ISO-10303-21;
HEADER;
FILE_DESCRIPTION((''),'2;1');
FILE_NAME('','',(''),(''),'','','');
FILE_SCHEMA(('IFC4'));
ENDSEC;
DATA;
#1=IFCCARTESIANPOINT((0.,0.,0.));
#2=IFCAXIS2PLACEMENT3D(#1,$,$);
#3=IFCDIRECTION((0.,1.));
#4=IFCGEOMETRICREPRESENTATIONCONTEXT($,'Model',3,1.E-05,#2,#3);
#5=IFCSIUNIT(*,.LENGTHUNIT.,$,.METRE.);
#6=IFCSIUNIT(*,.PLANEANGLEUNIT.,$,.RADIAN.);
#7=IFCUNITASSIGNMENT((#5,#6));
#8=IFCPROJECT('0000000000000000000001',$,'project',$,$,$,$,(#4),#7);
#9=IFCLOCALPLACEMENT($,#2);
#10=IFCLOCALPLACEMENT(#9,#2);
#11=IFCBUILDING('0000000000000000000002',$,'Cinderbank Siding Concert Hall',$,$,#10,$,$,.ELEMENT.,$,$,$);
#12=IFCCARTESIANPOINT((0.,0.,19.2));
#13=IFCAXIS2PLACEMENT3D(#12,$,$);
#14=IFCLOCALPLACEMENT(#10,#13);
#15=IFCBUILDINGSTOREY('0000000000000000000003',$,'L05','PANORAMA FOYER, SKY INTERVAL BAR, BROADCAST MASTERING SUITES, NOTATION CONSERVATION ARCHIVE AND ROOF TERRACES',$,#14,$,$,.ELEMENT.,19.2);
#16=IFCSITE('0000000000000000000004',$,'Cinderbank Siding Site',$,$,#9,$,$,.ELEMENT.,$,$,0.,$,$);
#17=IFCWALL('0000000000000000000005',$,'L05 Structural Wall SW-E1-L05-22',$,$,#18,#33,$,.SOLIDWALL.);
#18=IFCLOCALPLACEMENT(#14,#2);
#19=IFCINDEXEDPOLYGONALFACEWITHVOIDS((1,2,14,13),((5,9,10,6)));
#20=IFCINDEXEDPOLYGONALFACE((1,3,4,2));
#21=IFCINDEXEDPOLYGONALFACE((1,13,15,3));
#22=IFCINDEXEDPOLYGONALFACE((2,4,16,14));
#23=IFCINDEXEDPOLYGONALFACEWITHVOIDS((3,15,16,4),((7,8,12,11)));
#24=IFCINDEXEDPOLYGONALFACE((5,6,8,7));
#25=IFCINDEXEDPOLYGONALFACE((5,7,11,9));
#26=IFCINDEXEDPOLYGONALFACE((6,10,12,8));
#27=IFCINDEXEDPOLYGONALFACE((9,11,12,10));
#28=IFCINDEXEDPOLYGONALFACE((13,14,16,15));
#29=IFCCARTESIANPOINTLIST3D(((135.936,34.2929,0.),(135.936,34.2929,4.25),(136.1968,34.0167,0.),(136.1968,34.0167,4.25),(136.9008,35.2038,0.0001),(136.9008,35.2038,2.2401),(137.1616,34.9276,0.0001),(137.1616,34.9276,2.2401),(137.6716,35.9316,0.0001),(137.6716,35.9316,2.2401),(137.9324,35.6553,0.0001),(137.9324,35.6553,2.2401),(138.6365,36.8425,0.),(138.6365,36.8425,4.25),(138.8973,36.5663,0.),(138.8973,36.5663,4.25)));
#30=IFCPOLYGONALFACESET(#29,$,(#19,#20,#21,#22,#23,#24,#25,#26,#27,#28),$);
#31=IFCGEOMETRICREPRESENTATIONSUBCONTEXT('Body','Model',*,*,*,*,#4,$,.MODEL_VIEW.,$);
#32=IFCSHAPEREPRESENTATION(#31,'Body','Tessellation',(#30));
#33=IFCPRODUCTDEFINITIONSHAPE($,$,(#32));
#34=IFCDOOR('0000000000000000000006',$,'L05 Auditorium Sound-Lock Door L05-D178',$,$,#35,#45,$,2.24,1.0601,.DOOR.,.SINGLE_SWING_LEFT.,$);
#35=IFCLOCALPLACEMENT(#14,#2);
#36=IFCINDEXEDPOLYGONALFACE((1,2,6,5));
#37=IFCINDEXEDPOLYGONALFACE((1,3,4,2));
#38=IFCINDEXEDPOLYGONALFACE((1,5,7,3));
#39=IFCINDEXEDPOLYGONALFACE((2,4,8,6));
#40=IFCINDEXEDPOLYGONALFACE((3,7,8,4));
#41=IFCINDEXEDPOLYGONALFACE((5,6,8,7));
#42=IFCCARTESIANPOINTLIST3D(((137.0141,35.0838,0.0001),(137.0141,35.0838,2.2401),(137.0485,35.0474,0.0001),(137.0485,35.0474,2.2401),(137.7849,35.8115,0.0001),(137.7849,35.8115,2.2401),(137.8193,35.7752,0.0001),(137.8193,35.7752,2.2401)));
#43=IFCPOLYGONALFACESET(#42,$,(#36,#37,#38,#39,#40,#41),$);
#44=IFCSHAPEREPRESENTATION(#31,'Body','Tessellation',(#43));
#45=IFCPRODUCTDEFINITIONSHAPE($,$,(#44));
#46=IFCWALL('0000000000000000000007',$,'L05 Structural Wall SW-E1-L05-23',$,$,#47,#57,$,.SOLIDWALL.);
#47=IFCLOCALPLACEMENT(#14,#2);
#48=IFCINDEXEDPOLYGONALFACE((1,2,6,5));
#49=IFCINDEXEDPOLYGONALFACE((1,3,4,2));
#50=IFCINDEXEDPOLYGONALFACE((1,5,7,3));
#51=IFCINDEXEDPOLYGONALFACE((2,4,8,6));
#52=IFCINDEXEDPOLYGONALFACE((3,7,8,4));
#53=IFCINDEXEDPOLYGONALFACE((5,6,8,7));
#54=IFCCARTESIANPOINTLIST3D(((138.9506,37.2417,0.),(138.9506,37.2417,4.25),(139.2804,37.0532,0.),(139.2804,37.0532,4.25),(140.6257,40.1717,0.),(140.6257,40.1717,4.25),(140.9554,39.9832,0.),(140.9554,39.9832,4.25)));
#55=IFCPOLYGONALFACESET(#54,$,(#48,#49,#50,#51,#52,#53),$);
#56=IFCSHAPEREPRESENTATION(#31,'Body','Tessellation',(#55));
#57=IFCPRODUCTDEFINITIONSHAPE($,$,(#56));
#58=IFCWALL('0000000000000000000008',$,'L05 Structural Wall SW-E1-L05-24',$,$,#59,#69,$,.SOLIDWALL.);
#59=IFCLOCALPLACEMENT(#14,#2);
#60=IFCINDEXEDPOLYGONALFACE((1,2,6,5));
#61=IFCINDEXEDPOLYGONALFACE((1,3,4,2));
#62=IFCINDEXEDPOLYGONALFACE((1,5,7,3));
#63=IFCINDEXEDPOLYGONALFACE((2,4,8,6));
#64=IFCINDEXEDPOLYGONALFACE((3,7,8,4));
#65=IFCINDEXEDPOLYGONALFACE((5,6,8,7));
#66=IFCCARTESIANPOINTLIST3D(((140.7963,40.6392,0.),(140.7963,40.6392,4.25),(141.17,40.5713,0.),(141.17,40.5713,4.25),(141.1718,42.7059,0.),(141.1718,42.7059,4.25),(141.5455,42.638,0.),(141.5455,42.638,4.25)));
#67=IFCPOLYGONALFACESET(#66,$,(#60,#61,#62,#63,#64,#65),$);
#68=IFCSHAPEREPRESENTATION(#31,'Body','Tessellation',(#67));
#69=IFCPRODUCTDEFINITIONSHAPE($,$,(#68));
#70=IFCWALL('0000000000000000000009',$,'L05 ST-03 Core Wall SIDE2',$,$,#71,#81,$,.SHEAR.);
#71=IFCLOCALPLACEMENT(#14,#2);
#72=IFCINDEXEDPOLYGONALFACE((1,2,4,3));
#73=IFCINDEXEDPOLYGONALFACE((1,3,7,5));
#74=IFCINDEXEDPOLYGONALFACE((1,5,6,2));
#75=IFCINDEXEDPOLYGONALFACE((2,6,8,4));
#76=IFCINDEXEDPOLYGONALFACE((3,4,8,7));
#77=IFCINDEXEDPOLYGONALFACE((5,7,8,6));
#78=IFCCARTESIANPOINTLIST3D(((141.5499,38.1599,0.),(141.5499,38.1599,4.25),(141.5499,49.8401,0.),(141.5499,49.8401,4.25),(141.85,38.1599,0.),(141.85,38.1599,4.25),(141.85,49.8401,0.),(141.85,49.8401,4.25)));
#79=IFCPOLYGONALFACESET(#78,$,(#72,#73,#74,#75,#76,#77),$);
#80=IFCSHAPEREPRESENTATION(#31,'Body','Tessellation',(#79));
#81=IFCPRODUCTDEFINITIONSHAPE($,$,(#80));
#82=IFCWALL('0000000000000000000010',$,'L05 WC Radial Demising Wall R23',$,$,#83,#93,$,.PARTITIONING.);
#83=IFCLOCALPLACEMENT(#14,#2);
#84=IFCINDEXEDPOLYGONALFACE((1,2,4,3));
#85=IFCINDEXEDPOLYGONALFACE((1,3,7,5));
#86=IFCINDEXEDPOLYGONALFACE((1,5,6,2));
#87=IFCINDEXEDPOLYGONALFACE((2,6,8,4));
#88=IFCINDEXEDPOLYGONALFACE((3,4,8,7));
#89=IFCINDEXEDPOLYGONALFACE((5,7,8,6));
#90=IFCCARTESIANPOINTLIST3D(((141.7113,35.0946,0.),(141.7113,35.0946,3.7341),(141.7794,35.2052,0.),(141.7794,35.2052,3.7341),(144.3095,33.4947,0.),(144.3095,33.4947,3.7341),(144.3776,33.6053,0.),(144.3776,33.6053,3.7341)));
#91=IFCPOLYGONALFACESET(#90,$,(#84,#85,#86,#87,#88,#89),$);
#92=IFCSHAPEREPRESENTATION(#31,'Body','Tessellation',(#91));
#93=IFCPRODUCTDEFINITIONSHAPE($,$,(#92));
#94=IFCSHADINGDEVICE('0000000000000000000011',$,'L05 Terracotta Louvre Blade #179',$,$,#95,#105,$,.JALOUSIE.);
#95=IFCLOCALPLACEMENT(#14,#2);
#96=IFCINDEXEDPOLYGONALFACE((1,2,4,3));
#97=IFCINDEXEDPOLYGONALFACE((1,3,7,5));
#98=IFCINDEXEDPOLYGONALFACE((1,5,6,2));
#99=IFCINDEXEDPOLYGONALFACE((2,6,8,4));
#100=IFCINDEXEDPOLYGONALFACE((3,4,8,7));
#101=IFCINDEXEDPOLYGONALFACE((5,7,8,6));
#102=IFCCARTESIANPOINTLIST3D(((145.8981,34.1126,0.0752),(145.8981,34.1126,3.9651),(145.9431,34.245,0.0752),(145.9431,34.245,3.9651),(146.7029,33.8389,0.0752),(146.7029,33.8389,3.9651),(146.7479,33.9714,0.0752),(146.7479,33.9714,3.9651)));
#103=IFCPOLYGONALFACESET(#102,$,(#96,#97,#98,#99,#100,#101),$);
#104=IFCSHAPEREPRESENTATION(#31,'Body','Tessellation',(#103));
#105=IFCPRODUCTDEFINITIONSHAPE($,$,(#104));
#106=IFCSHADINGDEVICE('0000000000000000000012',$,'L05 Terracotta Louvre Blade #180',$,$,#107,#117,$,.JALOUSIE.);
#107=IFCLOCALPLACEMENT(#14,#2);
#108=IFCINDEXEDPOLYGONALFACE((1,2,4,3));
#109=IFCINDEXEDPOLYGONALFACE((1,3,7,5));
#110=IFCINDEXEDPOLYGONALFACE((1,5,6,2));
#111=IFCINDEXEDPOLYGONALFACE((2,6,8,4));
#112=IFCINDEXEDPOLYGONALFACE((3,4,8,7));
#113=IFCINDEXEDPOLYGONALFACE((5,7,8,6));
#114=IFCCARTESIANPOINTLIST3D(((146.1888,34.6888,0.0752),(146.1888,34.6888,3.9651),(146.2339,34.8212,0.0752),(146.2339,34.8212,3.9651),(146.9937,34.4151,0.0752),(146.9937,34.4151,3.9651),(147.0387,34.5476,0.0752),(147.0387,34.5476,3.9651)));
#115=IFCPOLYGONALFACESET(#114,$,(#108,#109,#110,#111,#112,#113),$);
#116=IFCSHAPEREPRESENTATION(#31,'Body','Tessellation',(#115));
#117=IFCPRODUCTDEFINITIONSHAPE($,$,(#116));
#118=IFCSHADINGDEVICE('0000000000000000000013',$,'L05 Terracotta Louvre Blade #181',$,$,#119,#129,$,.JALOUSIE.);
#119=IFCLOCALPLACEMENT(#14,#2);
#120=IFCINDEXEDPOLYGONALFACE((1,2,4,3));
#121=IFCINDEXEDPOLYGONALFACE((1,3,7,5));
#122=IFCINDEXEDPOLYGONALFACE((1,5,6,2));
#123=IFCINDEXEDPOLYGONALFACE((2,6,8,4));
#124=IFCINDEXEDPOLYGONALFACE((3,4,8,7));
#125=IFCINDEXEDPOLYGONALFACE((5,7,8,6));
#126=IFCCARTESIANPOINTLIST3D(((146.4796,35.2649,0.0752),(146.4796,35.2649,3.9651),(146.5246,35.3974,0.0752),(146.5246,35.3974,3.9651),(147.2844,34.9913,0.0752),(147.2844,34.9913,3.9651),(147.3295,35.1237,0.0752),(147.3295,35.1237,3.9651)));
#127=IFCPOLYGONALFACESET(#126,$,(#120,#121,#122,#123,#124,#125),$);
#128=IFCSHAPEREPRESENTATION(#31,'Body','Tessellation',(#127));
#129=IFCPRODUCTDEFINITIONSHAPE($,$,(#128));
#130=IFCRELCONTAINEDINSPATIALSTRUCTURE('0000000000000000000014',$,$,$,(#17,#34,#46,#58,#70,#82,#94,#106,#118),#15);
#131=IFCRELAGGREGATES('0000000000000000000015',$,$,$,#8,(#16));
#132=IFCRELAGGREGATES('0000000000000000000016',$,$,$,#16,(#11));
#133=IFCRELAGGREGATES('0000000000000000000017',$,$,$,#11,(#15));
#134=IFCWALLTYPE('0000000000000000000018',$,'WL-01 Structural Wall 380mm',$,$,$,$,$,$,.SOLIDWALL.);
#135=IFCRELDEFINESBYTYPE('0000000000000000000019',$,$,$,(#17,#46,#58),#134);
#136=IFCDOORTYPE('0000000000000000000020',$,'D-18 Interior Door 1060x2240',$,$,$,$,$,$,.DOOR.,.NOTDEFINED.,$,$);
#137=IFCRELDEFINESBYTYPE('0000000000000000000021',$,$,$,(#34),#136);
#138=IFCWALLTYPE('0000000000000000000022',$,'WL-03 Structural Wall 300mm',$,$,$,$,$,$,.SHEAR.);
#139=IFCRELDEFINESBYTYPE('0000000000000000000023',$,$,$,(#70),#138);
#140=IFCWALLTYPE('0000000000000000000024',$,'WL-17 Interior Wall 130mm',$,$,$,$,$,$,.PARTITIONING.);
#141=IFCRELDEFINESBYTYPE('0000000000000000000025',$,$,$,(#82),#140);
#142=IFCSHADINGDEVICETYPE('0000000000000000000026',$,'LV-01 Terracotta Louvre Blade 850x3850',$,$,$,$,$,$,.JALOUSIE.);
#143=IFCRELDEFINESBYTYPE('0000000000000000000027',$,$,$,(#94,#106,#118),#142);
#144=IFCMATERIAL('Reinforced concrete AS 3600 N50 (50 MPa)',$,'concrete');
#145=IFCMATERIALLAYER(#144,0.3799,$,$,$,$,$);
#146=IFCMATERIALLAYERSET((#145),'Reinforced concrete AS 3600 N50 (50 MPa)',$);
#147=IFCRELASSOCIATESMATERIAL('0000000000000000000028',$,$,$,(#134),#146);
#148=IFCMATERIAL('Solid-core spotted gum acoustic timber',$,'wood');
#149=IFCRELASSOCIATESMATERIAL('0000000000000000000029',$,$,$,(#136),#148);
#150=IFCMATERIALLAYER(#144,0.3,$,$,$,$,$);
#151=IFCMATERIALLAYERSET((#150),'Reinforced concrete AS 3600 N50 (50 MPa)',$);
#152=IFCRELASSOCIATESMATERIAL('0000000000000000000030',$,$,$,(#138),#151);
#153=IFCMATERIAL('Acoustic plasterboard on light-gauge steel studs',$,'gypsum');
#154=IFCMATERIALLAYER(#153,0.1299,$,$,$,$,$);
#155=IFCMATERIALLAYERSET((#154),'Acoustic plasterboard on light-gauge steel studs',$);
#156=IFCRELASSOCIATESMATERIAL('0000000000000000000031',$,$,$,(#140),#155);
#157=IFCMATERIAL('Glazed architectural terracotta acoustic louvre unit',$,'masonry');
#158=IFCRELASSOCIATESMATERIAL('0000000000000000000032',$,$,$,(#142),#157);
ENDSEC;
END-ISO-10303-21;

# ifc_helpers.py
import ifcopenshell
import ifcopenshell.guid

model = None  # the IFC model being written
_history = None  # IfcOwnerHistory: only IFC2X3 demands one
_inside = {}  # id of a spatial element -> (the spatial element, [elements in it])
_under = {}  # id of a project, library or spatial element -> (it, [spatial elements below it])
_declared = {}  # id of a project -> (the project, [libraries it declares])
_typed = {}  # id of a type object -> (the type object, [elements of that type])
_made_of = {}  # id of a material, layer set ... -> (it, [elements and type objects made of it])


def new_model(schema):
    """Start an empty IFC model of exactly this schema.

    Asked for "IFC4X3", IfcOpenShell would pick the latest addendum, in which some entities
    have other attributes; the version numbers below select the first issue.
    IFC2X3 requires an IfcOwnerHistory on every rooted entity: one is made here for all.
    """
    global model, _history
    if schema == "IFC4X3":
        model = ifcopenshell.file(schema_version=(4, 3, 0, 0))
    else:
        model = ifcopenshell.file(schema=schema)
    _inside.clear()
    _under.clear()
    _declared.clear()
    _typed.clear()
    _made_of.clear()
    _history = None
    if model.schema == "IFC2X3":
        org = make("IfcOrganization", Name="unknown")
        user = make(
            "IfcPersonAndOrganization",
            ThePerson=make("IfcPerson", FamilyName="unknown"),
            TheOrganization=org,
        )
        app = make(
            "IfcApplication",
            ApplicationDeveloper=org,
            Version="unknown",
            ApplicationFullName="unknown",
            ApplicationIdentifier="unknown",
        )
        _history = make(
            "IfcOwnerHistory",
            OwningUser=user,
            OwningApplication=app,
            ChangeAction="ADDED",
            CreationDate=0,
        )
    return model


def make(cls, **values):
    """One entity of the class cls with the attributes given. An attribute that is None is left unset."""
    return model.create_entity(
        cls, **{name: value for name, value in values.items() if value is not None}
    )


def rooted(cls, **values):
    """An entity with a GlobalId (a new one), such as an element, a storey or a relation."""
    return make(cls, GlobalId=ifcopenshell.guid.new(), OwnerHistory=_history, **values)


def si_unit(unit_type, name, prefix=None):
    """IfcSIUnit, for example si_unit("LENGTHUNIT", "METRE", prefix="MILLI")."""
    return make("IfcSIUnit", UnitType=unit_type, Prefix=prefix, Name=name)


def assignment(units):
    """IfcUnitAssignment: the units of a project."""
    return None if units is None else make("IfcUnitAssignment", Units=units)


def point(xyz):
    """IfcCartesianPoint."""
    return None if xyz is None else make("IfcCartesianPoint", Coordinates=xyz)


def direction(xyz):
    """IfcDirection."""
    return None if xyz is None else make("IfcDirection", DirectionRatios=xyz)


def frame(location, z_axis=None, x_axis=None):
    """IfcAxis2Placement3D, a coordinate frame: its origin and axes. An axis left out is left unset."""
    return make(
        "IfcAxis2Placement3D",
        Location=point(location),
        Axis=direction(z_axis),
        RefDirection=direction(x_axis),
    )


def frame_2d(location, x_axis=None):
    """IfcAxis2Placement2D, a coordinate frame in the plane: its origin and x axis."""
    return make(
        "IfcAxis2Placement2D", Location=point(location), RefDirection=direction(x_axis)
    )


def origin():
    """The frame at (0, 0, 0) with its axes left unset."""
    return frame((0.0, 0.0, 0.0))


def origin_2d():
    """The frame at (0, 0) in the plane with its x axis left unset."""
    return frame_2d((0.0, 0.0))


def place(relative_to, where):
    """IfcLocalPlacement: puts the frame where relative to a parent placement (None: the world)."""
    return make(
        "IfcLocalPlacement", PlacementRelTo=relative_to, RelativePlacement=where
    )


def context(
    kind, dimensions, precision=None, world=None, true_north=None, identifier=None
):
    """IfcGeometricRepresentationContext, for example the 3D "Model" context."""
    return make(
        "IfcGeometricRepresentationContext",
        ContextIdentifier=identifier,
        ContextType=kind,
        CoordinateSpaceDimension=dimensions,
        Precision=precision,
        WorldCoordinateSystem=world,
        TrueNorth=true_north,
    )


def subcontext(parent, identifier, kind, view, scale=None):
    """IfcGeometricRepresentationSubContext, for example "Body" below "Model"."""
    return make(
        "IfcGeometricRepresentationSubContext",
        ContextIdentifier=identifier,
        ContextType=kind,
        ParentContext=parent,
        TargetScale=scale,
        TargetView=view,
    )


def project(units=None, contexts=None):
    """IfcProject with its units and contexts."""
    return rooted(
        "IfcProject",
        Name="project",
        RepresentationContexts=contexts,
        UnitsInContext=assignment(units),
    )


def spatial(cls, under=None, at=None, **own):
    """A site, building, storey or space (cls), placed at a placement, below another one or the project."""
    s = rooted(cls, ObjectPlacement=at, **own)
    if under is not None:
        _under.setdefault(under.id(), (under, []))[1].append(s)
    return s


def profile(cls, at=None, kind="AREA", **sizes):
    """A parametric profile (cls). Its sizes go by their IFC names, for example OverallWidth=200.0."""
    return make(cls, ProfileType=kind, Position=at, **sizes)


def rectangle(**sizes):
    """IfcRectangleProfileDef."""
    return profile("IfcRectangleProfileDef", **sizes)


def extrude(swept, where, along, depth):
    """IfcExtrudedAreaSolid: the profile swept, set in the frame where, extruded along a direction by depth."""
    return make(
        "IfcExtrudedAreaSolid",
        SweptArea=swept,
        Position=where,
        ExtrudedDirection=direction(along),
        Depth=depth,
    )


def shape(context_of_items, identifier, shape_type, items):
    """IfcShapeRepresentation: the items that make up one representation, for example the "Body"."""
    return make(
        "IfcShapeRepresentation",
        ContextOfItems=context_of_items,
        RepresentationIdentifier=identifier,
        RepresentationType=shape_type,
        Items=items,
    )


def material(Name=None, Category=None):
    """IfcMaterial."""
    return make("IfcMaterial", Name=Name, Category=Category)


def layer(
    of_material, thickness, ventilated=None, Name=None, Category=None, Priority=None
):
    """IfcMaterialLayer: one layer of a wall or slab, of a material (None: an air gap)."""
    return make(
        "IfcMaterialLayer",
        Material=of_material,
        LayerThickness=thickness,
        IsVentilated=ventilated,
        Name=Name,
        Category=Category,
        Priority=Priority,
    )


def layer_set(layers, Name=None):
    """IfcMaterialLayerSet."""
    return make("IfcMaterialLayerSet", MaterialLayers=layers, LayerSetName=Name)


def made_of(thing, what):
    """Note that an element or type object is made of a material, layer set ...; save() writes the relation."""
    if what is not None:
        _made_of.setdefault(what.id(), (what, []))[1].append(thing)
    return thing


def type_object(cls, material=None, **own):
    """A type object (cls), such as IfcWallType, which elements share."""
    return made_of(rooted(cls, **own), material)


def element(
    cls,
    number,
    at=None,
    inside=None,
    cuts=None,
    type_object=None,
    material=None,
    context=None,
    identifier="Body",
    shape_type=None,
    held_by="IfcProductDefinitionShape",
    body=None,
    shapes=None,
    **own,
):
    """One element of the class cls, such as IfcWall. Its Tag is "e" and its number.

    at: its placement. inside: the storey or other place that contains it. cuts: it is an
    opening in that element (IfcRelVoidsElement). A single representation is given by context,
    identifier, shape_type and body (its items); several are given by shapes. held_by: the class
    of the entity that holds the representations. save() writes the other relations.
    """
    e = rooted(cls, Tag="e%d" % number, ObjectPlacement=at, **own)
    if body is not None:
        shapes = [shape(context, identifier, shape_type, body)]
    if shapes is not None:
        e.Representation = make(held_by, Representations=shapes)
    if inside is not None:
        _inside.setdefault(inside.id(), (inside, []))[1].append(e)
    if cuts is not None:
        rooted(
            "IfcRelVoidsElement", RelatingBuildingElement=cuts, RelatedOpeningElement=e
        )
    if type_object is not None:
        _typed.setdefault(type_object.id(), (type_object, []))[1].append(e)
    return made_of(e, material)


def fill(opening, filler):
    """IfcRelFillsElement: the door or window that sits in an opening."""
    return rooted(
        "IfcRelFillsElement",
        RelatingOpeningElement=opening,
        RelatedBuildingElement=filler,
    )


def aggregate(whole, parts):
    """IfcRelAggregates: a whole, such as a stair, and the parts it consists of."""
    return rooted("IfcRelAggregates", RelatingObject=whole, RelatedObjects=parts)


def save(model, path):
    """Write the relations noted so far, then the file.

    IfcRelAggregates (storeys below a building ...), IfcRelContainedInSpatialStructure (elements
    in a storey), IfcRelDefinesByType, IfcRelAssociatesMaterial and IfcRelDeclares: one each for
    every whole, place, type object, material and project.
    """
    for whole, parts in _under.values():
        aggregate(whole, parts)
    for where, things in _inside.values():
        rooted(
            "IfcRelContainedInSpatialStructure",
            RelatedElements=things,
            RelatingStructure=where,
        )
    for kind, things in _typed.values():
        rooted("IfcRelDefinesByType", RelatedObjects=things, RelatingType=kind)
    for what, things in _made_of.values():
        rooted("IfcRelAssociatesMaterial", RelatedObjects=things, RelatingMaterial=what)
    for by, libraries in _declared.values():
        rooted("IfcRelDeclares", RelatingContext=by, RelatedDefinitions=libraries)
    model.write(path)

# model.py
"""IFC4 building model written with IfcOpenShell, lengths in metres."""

from ifc_helpers import new_model, si_unit, direction, frame, frame_2d, origin, origin_2d, place, context, subcontext, project, spatial, rectangle, extrude, material, layer, layer_set, type_object, element, fill, save


model = new_model("IFC4")

# Units and contexts
model_context = context("Model", 3, precision=1e-05, world=origin(), true_north=direction((0.0, 1.0)))
body_context = subcontext(model_context, "Body", "Model", "MODEL_VIEW")
ifc_project = project(units=[si_unit("LENGTHUNIT", "METRE"), si_unit("PLANEANGLEUNIT", "RADIAN")], contexts=[model_context])

# Site, building, storey
site_placement = place(None, origin())
site = spatial("IfcSite", under=ifc_project, at=site_placement, Name="Cinderbank Siding Site", CompositionType="ELEMENT", RefElevation=0.0)
building_placement = place(site_placement, origin())
building = spatial("IfcBuilding", under=site, at=building_placement, Name="Cinderbank Siding Concert Hall", CompositionType="ELEMENT")
storey_placement = place(building_placement, frame((0.0, 0.0, 19.2)))
storey = spatial("IfcBuildingStorey", under=building, at=storey_placement, Name="L05", Description="PANORAMA FOYER, SKY INTERVAL BAR, BROADCAST MASTERING SUITES, NOTATION CONSERVATION ARCHIVE AND ROOF TERRACES", CompositionType="ELEMENT", Elevation=19.2)

# Shared definitions
ifc_material_1 = material(Name="Reinforced concrete AS 3600 N50 (50 MPa)", Category="concrete")

# Wall, opening, door
ifc_layer_1 = layer(ifc_material_1, 0.3799)
ifc_layer_set_1 = layer_set([ifc_layer_1], Name="Reinforced concrete AS 3600 N50 (50 MPa)")
wall_type_1 = type_object("IfcWallType", Name="WL-01 Structural Wall 380mm", PredefinedType="SOLIDWALL", material=ifc_layer_set_1)
wall_1_placement = place(storey_placement, frame((136.0664, 34.1548, 0.0), z_axis=(0.0, 0.0, 1.0), x_axis=(0.727128, 0.686502, 0.0)))
wall_1 = element("IfcWall", 1, at=wall_1_placement, inside=storey, type_object=wall_type_1, Name="L05 Structural Wall SW-E1-L05-22", PredefinedType="SOLIDWALL", context=body_context, shape_type="SweptSolid", body=[
    extrude(rectangle(XDim=3.7139, YDim=0.3799, at=frame_2d((1.8569, 0.0))), origin(), (0.0, 0.0, 1.0), 4.25),
])
opening_placement = place(wall_1_placement, frame((1.3269, 0.0, 0.0)))
opening = element("IfcOpeningElement", 2, at=opening_placement, cuts=wall_1, PredefinedType="OPENING", context=body_context, shape_type="SweptSolid", body=[
    extrude(rectangle(XDim=1.0601, YDim=2.24, at=frame_2d((0.53, 1.1201))), frame((0.0, 0.2019, 0.0), z_axis=(0.0, -1.0, 0.0), x_axis=(1.0, 0.0, 0.0)), (0.0, 0.0, 1.0), 0.4038),
])
ifc_material_2 = material(Name="Solid-core spotted gum acoustic timber", Category="wood")
door_type = type_object("IfcDoorType", Name="D-18 Interior Door 1060x2240", OperationType="NOTDEFINED", PredefinedType="DOOR", material=ifc_material_2)
door_placement = place(opening_placement, origin())
door = element("IfcDoor", 3, at=door_placement, inside=storey, type_object=door_type, Name="L05 Auditorium Sound-Lock Door L05-D178", OperationType="SINGLE_SWING_LEFT", OverallHeight=2.24, OverallWidth=1.0601, PredefinedType="DOOR", context=body_context, shape_type="SweptSolid", body=[
    extrude(rectangle(XDim=1.0601, YDim=2.24, at=frame_2d((0.53, 1.1201))), frame((0.0, 0.0249, 0.0), z_axis=(0.0, -1.0, 0.0), x_axis=(1.0, 0.0, 0.0)), (0.0, 0.0, 1.0), 0.05),
])
fill(opening, door)

# Walls
wall_2_placement = place(storey_placement, frame((139.1155, 37.1475, 0.0), z_axis=(0.0, 0.0, 1.0), x_axis=(0.496318, 0.868141, 0.0)))
element("IfcWall", 4, at=wall_2_placement, inside=storey, type_object=wall_type_1, Name="L05 Structural Wall SW-E1-L05-23", PredefinedType="SOLIDWALL", context=body_context, shape_type="SweptSolid", body=[
    extrude(rectangle(XDim=3.375, YDim=0.3799, at=frame_2d((1.6875, 0.0))), origin(), (0.0, 0.0, 1.0), 4.25),
])
wall_3_placement = place(storey_placement, frame((140.9832, 40.6052, 0.0), z_axis=(0.0, 0.0, 1.0), x_axis=(0.178763, 0.983892, 0.0)))
element("IfcWall", 5, at=wall_3_placement, inside=storey, type_object=wall_type_1, Name="L05 Structural Wall SW-E1-L05-24", PredefinedType="SOLIDWALL", context=body_context, shape_type="SweptSolid", body=[
    extrude(rectangle(XDim=2.1006, YDim=0.3799, at=frame_2d((1.0503, 0.0))), origin(), (0.0, 0.0, 1.0), 4.25),
])
ifc_layer_2 = layer(ifc_material_1, 0.3)
ifc_layer_set_2 = layer_set([ifc_layer_2], Name="Reinforced concrete AS 3600 N50 (50 MPa)")
wall_type_2 = type_object("IfcWallType", Name="WL-03 Structural Wall 300mm", PredefinedType="SHEAR", material=ifc_layer_set_2)
wall_4_placement = place(storey_placement, frame((141.7, 38.1599, 0.0), z_axis=(0.0, 0.0, 1.0), x_axis=(0.0, 1.0, 0.0)))
element("IfcWall", 6, at=wall_4_placement, inside=storey, type_object=wall_type_2, Name="L05 ST-03 Core Wall SIDE2", PredefinedType="SHEAR", context=body_context, shape_type="SweptSolid", body=[
    extrude(rectangle(XDim=11.6802, YDim=0.3, at=frame_2d((5.8401, 0.0))), origin(), (0.0, 0.0, 1.0), 4.25),
])
ifc_material_3 = material(Name="Acoustic plasterboard on light-gauge steel studs", Category="gypsum")
ifc_layer_3 = layer(ifc_material_3, 0.1299)
ifc_layer_set_3 = layer_set([ifc_layer_3], Name="Acoustic plasterboard on light-gauge steel studs")
wall_type_3 = type_object("IfcWallType", Name="WL-17 Interior Wall 130mm", PredefinedType="PARTITIONING", material=ifc_layer_set_3)
wall_5_placement = place(storey_placement, frame((141.7454, 35.1499, 0.0), z_axis=(0.0, 0.0, 1.0), x_axis=(0.851513, -0.524334, 0.0)))
element("IfcWall", 7, at=wall_5_placement, inside=storey, type_object=wall_type_3, Name="L05 WC Radial Demising Wall R23", PredefinedType="PARTITIONING", context=body_context, shape_type="SweptSolid", body=[
    extrude(rectangle(XDim=3.0513, YDim=0.1299, at=frame_2d((1.5256, 0.0))), origin(), (0.0, 0.0, 1.0), 3.7341),
])

# Shading devices
ifc_material_4 = material(Name="Glazed architectural terracotta acoustic louvre unit", Category="masonry")
shading_device_type = type_object("IfcShadingDeviceType", Name="LV-01 Terracotta Louvre Blade 850x3850", PredefinedType="JALOUSIE", material=ifc_material_4)
for number, where, z_axis, x_axis, name in (
    (8, (146.323, 34.042, 0.0752), (0.0, 0.0, 1.0), (0.946765, -0.321924, 0.0), "L05 Terracotta Louvre Blade #179"),
    (9, (146.6138, 34.6182, 0.0752), (0.0, 0.0, 1.0), (0.946765, -0.321924, 0.0), "L05 Terracotta Louvre Blade #180"),
    (10, (146.9045, 35.1943, 0.0752), (0.0, 0.0, 1.0), (0.946765, -0.321924, 0.0), "L05 Terracotta Louvre Blade #181"),
):
    element("IfcShadingDevice", number, at=place(storey_placement, frame(where, z_axis=z_axis, x_axis=x_axis)), inside=storey, type_object=shading_device_type, Name=name, PredefinedType="JALOUSIE", context=body_context, shape_type="SweptSolid", body=[
        extrude(rectangle(XDim=0.8501, YDim=0.1399, at=origin_2d()), origin(), (0.0, 0.0, 1.0), 3.8899),
    ])

save(model, "model.ifc")
